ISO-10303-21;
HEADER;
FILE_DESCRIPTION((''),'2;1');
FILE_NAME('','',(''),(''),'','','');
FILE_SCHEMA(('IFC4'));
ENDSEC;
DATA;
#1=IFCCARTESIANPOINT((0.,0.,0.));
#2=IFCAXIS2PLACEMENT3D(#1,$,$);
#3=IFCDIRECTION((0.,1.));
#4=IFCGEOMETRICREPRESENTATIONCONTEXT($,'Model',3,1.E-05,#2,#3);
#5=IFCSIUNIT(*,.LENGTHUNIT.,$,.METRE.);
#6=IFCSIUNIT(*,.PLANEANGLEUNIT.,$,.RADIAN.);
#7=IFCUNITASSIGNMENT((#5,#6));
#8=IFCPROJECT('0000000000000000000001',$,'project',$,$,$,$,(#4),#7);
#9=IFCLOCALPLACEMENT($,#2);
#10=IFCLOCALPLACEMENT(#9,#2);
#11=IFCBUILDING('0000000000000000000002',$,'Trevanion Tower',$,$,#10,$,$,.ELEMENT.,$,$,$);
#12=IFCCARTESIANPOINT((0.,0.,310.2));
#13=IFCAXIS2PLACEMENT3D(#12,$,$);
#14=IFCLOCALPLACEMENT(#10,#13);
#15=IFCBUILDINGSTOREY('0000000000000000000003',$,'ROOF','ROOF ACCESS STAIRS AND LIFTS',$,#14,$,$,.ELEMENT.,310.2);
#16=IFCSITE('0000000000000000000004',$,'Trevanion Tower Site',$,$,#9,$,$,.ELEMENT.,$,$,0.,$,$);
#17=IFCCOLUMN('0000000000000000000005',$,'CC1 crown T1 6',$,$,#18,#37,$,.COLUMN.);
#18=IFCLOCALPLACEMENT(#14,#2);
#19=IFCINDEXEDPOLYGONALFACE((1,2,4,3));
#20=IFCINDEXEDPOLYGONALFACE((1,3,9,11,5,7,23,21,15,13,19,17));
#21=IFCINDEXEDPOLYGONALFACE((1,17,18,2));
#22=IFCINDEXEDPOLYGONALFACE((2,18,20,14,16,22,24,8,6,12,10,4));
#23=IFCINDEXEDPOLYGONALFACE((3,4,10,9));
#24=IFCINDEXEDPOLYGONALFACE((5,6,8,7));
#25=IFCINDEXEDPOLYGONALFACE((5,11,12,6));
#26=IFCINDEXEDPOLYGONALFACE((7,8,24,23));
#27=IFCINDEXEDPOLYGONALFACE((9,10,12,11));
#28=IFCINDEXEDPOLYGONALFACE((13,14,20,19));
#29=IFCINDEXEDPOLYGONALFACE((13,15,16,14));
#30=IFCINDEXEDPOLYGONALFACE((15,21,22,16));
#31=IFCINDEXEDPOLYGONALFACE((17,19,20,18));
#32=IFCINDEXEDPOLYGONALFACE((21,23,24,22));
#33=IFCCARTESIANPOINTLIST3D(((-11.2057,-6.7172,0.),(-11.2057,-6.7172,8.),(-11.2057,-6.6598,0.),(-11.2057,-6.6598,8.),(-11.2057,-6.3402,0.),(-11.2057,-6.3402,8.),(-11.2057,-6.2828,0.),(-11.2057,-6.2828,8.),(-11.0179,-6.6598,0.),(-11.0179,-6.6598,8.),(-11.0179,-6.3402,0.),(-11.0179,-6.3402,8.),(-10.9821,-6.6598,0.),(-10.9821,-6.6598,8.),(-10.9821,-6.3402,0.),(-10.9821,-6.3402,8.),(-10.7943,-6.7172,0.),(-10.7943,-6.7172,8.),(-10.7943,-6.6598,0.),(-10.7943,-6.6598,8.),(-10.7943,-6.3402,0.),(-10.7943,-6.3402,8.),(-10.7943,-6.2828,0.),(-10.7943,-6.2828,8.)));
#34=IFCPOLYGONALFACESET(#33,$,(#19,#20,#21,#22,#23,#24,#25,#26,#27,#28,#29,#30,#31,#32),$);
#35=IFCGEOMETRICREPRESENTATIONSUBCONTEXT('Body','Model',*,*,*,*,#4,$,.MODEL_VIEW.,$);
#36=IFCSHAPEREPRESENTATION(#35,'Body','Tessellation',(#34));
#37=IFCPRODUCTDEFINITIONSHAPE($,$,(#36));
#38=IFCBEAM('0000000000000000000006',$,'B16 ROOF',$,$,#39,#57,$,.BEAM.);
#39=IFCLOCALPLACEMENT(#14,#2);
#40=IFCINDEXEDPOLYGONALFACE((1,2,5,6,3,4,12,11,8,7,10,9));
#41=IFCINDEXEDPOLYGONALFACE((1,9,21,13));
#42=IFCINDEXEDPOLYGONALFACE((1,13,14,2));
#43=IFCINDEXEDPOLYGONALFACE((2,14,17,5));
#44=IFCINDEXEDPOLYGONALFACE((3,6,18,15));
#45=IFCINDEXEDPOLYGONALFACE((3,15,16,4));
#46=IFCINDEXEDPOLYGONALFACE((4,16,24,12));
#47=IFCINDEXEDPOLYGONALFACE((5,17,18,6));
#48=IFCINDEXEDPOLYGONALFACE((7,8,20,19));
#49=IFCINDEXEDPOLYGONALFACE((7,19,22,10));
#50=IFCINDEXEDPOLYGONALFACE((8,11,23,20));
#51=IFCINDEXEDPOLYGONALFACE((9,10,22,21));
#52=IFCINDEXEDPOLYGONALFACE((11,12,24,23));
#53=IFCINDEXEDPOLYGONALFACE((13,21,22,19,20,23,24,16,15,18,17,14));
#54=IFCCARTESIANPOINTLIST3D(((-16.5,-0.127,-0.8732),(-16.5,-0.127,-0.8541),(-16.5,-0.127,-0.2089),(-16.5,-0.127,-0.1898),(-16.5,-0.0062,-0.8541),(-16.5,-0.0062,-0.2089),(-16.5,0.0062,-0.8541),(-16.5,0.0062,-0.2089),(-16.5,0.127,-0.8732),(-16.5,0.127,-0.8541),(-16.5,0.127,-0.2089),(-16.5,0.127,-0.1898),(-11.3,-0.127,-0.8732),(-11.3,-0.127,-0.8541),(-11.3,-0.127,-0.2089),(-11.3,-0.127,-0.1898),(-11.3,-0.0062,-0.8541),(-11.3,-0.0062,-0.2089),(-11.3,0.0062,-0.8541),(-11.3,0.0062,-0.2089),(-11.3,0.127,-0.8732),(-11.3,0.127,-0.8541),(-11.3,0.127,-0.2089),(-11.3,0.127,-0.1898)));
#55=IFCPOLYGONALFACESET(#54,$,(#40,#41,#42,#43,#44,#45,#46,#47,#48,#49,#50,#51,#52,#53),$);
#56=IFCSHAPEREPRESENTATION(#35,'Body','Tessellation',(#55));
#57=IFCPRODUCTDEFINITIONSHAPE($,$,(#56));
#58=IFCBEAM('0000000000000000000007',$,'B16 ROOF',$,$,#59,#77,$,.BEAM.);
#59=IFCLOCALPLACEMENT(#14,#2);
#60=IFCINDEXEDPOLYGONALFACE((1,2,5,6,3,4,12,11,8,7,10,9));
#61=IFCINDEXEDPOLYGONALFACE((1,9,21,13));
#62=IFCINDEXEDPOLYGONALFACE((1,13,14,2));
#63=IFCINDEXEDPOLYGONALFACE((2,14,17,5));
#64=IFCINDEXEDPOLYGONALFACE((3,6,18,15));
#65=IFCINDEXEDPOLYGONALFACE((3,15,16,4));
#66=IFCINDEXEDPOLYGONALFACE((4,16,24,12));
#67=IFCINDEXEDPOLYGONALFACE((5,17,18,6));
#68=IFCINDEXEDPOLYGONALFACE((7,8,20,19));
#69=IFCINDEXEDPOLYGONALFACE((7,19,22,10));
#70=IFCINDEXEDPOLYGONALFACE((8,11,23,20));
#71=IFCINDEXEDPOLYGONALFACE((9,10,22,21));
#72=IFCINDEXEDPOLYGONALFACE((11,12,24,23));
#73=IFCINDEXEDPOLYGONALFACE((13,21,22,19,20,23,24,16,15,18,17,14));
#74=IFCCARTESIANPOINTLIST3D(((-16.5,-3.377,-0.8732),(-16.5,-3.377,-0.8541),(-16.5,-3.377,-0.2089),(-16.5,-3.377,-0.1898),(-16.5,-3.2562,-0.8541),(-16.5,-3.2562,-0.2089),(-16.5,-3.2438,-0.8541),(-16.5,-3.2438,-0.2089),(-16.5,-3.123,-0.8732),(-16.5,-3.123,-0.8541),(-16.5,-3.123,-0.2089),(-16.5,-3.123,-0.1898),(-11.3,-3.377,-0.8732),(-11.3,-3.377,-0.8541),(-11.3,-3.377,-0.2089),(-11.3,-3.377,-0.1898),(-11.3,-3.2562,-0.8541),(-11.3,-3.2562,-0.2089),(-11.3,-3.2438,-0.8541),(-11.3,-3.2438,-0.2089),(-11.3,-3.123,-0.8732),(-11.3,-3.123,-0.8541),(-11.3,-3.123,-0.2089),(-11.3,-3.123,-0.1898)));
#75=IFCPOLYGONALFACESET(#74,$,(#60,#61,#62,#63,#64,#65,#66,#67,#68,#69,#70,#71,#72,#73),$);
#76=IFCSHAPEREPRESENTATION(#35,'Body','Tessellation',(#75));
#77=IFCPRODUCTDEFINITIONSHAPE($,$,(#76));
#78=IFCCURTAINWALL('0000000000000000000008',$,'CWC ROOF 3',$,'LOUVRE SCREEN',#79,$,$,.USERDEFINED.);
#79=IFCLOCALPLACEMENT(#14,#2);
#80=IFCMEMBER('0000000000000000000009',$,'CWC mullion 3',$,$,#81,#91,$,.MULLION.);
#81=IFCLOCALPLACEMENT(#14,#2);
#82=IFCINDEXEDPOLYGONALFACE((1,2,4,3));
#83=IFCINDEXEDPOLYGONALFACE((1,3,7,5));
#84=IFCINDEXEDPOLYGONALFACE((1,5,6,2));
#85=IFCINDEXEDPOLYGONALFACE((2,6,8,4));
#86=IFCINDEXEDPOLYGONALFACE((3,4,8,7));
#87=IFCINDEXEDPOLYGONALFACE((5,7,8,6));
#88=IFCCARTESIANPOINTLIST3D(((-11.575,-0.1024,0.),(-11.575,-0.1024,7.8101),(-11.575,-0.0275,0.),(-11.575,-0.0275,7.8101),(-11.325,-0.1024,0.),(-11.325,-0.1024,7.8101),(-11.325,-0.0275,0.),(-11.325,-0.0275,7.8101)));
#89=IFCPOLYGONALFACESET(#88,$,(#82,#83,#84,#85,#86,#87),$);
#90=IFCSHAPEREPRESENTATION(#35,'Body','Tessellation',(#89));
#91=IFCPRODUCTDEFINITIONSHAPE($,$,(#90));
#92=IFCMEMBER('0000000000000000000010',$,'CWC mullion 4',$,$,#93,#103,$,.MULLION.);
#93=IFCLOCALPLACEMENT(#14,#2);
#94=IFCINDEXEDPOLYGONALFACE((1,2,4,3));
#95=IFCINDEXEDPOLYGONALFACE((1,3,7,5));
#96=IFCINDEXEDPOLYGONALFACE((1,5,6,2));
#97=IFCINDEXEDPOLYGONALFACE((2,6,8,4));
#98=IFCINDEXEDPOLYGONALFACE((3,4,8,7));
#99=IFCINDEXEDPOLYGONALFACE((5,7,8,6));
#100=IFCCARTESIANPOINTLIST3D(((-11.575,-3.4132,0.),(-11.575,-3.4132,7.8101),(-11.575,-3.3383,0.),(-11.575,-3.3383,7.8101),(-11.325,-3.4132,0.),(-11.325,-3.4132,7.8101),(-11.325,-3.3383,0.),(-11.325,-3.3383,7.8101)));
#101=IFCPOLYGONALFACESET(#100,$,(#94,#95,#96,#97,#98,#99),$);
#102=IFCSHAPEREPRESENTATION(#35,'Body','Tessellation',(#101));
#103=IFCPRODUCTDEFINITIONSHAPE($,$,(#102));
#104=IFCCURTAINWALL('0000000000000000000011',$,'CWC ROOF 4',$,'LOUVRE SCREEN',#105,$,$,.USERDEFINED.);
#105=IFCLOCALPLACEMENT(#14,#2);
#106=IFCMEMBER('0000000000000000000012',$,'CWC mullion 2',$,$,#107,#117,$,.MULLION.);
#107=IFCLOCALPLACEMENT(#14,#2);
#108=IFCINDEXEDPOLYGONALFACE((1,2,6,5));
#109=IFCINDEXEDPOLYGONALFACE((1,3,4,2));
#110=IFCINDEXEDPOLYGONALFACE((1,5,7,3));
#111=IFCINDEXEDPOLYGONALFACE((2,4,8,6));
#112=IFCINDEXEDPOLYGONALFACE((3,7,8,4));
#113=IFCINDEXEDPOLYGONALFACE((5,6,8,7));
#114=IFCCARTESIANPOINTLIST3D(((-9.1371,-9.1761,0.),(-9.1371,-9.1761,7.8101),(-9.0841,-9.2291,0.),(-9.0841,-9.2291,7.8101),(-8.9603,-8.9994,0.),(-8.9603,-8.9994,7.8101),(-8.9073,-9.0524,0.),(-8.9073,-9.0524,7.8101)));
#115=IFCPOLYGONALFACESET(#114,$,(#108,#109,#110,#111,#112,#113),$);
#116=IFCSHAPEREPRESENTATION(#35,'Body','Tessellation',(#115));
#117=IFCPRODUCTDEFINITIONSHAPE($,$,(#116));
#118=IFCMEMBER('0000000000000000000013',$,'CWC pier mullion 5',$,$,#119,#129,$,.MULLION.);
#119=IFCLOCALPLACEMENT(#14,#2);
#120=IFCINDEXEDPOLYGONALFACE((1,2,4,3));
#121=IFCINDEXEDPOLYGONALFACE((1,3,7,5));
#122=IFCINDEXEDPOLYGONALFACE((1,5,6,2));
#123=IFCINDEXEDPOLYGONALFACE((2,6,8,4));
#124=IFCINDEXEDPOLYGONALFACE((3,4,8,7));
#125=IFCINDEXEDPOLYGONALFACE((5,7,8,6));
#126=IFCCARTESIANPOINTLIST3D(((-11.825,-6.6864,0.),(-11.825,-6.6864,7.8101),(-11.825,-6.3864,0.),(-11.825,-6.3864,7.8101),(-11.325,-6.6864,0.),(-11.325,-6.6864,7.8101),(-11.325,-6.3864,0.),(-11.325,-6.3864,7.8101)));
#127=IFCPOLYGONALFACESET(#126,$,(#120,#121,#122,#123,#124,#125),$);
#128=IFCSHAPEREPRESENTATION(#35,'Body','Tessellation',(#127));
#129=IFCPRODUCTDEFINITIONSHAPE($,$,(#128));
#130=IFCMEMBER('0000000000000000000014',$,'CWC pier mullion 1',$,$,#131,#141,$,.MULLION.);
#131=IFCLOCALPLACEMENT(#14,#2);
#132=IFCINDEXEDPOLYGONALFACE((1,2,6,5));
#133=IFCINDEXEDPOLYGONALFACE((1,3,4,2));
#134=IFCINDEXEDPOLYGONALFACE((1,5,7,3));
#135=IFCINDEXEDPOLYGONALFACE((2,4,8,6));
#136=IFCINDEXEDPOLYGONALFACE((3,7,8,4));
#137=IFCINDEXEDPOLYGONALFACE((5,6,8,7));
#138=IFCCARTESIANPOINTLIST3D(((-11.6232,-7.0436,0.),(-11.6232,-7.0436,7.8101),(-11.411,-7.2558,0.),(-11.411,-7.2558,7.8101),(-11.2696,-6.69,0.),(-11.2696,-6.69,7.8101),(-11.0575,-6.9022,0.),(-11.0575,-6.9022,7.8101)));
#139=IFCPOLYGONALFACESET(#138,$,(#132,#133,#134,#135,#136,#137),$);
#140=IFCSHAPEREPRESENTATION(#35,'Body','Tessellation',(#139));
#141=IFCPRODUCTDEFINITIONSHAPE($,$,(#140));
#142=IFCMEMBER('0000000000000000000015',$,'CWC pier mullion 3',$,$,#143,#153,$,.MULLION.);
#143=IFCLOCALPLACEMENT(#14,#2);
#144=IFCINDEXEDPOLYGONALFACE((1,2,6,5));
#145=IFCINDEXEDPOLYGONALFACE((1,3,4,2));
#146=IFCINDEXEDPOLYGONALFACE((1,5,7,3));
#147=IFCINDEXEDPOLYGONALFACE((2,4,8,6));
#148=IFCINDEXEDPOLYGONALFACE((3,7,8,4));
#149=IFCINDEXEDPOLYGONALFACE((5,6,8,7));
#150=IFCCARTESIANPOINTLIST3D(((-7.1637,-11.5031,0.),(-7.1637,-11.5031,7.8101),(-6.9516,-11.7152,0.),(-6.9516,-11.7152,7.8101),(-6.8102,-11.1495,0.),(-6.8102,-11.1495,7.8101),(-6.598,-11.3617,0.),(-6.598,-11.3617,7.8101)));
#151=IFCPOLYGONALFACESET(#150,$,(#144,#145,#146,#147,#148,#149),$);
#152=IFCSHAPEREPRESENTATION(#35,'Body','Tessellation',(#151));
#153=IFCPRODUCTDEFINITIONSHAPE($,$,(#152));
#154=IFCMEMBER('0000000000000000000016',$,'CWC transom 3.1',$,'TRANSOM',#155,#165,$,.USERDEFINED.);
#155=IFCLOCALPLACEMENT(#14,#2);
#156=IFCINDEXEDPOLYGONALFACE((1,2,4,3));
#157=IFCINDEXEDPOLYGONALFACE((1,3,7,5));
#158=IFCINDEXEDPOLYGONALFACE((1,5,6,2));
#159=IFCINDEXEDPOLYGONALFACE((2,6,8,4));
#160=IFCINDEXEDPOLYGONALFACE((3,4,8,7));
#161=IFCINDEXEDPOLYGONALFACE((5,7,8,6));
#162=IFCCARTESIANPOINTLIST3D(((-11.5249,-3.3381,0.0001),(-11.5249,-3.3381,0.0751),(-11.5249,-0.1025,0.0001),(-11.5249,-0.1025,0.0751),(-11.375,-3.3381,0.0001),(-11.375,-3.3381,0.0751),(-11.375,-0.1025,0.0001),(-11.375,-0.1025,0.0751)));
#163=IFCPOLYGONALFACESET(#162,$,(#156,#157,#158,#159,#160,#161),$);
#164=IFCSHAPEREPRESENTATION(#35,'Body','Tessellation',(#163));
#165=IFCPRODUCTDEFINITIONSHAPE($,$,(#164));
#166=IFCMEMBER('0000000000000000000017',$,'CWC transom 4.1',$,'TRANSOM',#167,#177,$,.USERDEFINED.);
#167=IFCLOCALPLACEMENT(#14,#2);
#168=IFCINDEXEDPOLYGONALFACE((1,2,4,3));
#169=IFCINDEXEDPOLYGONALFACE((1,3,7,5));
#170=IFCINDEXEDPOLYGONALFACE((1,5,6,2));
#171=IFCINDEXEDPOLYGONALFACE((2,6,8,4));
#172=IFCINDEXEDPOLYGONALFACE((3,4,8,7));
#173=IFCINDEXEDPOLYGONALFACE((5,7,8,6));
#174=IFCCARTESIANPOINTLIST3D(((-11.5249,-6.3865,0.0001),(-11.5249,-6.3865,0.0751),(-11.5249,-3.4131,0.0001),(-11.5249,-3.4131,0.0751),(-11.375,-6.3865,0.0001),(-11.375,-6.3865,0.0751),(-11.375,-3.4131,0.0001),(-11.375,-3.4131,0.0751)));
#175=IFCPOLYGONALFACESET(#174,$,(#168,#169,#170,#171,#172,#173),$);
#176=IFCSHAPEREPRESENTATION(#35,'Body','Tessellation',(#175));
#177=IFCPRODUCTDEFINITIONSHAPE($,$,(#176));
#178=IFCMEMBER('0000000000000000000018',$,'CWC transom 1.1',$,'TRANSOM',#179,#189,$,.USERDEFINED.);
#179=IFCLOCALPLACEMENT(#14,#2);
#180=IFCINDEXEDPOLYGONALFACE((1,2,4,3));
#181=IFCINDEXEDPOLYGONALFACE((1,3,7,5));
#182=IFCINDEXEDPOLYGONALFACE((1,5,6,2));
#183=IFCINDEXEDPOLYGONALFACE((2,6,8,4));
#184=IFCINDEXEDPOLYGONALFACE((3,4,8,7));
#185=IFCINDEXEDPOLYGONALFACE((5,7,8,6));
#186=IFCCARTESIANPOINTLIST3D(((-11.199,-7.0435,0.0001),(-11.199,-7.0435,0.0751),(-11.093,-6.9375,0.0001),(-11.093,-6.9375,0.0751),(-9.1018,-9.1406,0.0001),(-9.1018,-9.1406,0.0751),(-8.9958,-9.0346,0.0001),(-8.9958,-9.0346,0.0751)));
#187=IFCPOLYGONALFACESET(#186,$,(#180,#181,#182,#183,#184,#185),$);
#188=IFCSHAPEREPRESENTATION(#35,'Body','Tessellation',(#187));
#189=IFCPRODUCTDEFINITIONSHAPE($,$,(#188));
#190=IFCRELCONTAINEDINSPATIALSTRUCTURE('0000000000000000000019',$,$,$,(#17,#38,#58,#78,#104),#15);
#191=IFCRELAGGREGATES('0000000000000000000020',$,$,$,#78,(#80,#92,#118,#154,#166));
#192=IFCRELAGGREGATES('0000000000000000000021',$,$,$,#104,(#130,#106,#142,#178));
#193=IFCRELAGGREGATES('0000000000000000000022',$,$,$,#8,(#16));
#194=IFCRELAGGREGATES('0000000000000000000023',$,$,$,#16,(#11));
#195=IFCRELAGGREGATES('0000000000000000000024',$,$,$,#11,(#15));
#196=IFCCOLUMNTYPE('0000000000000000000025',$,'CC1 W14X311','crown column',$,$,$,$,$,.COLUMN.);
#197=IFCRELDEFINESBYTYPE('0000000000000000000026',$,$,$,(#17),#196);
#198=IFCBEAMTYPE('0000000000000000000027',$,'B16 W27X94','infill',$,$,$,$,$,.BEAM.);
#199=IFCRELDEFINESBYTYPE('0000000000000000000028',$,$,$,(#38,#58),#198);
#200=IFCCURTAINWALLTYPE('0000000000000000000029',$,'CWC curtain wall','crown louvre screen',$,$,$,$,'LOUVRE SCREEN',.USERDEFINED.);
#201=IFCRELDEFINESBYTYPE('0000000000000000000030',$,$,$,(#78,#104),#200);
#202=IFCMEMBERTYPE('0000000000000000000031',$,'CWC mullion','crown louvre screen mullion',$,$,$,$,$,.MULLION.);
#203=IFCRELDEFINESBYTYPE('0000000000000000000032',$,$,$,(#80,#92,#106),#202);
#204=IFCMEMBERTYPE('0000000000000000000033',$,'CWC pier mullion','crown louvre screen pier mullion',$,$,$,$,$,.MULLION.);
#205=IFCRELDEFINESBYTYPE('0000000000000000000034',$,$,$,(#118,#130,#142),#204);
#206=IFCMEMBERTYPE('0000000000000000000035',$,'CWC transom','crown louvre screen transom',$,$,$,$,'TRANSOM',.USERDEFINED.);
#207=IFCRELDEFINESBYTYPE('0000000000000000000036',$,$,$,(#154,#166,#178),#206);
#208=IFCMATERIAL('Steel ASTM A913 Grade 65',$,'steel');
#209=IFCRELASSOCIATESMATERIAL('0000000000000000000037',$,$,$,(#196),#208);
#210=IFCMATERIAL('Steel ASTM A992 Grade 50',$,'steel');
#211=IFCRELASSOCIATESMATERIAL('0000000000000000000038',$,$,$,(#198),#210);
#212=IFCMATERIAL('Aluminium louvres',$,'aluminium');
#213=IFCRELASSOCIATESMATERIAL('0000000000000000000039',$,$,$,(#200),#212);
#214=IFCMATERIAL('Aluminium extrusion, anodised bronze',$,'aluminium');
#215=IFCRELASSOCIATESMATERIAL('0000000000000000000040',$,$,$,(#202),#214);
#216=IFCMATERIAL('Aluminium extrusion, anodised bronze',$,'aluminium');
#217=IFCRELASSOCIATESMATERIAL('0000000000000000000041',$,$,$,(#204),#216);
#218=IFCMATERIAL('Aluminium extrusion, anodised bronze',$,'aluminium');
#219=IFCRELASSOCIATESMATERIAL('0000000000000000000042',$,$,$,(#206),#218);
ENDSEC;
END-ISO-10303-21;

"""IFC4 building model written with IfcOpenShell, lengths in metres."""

from ifc_helpers import new_model, si_unit, direction, frame, origin, origin_2d, place, context, subcontext, project, spatial, rectangle, i_section, extrude, material, material_profile, profile_set, type_object, element, aggregate, save


model = new_model("IFC4")

# Units and contexts
model_context = context("Model", 3, precision=1e-05, world=origin(), true_north=direction((0.0, 1.0)))
body_context = subcontext(model_context, "Body", "Model", "MODEL_VIEW")
ifc_project = project(units=[si_unit("LENGTHUNIT", "METRE"), si_unit("PLANEANGLEUNIT", "RADIAN")], contexts=[model_context])

# Site, building, storey
site_placement = place(None, origin())
site = spatial("IfcSite", under=ifc_project, at=site_placement, Name="Trevanion Tower Site", CompositionType="ELEMENT", RefElevation=0.0)
building_placement = place(site_placement, origin())
building = spatial("IfcBuilding", under=site, at=building_placement, Name="Trevanion Tower", CompositionType="ELEMENT")
storey_placement = place(building_placement, frame((0.0, 0.0, 310.2)))
storey = spatial("IfcBuildingStorey", under=building, at=storey_placement, Name="ROOF", Description="ROOF ACCESS STAIRS AND LIFTS", CompositionType="ELEMENT", Elevation=310.2)

# Column
ifc_material_1 = material(Name="Steel ASTM A913 Grade 65", Category="steel")
ifc_material_profile_1 = material_profile(ifc_material_1, i_section(OverallWidth=0.4114, OverallDepth=0.4343, WebThickness=0.0359, FlangeThickness=0.0574, at=origin_2d()), Name="W14X311")
ifc_profile_set_1 = profile_set([ifc_material_profile_1], Name="Steel ASTM A913 Grade 65")
column_type = type_object("IfcColumnType", Name="CC1 W14X311", Description="crown column", PredefinedType="COLUMN", material=ifc_profile_set_1)
column_placement = place(storey_placement, frame((-11.0, -6.5, 0.0), z_axis=(0.0, 0.0, 1.0), x_axis=(1.0, 0.0, 0.0)))
element("IfcColumn", 1, at=column_placement, inside=storey, type_object=column_type, Name="CC1 crown T1 6", PredefinedType="COLUMN", context=body_context, shape_type="SweptSolid", body=[
    extrude(i_section(OverallWidth=0.4114, OverallDepth=0.4343, WebThickness=0.0359, FlangeThickness=0.0574, at=origin_2d()), origin(), (0.0, 0.0, 1.0), 8.0),
])

# Beams
ifc_material_2 = material(Name="Steel ASTM A992 Grade 50", Category="steel")
ifc_material_profile_2 = material_profile(ifc_material_2, i_section(OverallWidth=0.2539, OverallDepth=0.6833, WebThickness=0.0125, FlangeThickness=0.019, at=origin_2d()), Name="W27X94")
ifc_profile_set_2 = profile_set([ifc_material_profile_2], Name="Steel ASTM A992 Grade 50")
beam_type_1 = type_object("IfcBeamType", Name="B16 W27X94", Description="infill", PredefinedType="BEAM", material=ifc_profile_set_2)
for number, where, z_axis, x_axis, name in (
    (2, (-11.3, 0.0, -0.5315), (-1.0, 0.0, 0.0), (0.0, -1.0, 0.0), "B16 ROOF"),
    (3, (-11.3, -3.25, -0.5315), (-1.0, 0.0, 0.0), (0.0, -1.0, 0.0), "B16 ROOF"),
):
    element("IfcBeam", number, at=place(storey_placement, frame(where, z_axis=z_axis, x_axis=x_axis)), inside=storey, type_object=beam_type_1, Name=name, PredefinedType="BEAM", context=body_context, shape_type="SweptSolid", body=[
        extrude(i_section(OverallWidth=0.2539, OverallDepth=0.6833, WebThickness=0.0125, FlangeThickness=0.019, at=origin_2d()), origin(), (0.0, 0.0, 1.0), 5.2),
    ])

# Curtain wall, members
ifc_material_3 = material(Name="Aluminium louvres", Category="aluminium")
curtain_wall_type = type_object("IfcCurtainWallType", Name="CWC curtain wall", Description="crown louvre screen", ElementType="LOUVRE SCREEN", PredefinedType="USERDEFINED", material=ifc_material_3)
curtain_wall_1_placement = place(storey_placement, origin())
curtain_wall_1 = element("IfcCurtainWall", 4, at=curtain_wall_1_placement, inside=storey, type_object=curtain_wall_type, Name="CWC ROOF 3", ObjectType="LOUVRE SCREEN", PredefinedType="USERDEFINED")
ifc_material_4 = material(Name="Aluminium extrusion, anodised bronze", Category="aluminium")
ifc_material_profile_3 = material_profile(ifc_material_4, rectangle(XDim=0.075, YDim=0.25, at=origin_2d()), Name="CWC mullion")
ifc_profile_set_3 = profile_set([ifc_material_profile_3], Name="Aluminium extrusion, anodised bronze")
member_type_1 = type_object("IfcMemberType", Name="CWC mullion", Description="crown louvre screen mullion", PredefinedType="MULLION", material=ifc_profile_set_3)
member_1_placement = place(storey_placement, frame((-11.45, -0.0649, 0.0), z_axis=(0.0, 0.0, 1.0), x_axis=(0.0, -1.0, 0.0)))
member_1 = element("IfcMember", 5, at=member_1_placement, type_object=member_type_1, Name="CWC mullion 3", PredefinedType="MULLION", context=body_context, shape_type="SweptSolid", body=[
    extrude(rectangle(XDim=0.075, YDim=0.25, at=origin_2d()), origin(), (0.0, 0.0, 1.0), 7.8101),
])
member_2_placement = place(storey_placement, frame((-11.45, -3.3757, 0.0), z_axis=(0.0, 0.0, 1.0), x_axis=(0.0, -1.0, 0.0)))
member_2 = element("IfcMember", 6, at=member_2_placement, type_object=member_type_1, Name="CWC mullion 4", PredefinedType="MULLION", context=body_context, shape_type="SweptSolid", body=[
    extrude(rectangle(XDim=0.075, YDim=0.25, at=origin_2d()), origin(), (0.0, 0.0, 1.0), 7.8101),
])

# Curtain wall, member
curtain_wall_2_placement = place(storey_placement, origin())
curtain_wall_2 = element("IfcCurtainWall", 7, at=curtain_wall_2_placement, inside=storey, type_object=curtain_wall_type, Name="CWC ROOF 4", ObjectType="LOUVRE SCREEN", PredefinedType="USERDEFINED")
member_3_placement = place(storey_placement, frame((-9.0222, -9.1143, 0.0), z_axis=(0.0, 0.0, 1.0), x_axis=(0.707107, -0.707107, 0.0)))
member_3 = element("IfcMember", 8, at=member_3_placement, type_object=member_type_1, Name="CWC mullion 2", PredefinedType="MULLION", context=body_context, shape_type="SweptSolid", body=[
    extrude(rectangle(XDim=0.075, YDim=0.25, at=origin_2d()), origin(), (0.0, 0.0, 1.0), 7.8101),
])

# Members
ifc_material_5 = material(Name="Aluminium extrusion, anodised bronze", Category="aluminium")
ifc_material_profile_4 = material_profile(ifc_material_5, rectangle(XDim=0.3, YDim=0.5, at=origin_2d()), Name="CWC pier mullion")
ifc_profile_set_4 = profile_set([ifc_material_profile_4], Name="Aluminium extrusion, anodised bronze")
member_type_2 = type_object("IfcMemberType", Name="CWC pier mullion", Description="crown louvre screen pier mullion", PredefinedType="MULLION", material=ifc_profile_set_4)
member_4_placement = place(storey_placement, frame((-11.575, -6.5364, 0.0), z_axis=(0.0, 0.0, 1.0), x_axis=(0.0, -1.0, 0.0)))
member_4 = element("IfcMember", 9, at=member_4_placement, type_object=member_type_2, Name="CWC pier mullion 5", PredefinedType="MULLION", context=body_context, shape_type="SweptSolid", body=[
    extrude(rectangle(XDim=0.3, YDim=0.5, at=origin_2d()), origin(), (0.0, 0.0, 1.0), 7.8101),
])
member_5_placement = place(storey_placement, frame((-11.3403, -6.9729, 0.0), z_axis=(0.0, 0.0, 1.0), x_axis=(0.707107, -0.707107, 0.0)))
member_5 = element("IfcMember", 10, at=member_5_placement, type_object=member_type_2, Name="CWC pier mullion 1", PredefinedType="MULLION", context=body_context, shape_type="SweptSolid", body=[
    extrude(rectangle(XDim=0.3, YDim=0.5, at=origin_2d()), origin(), (0.0, 0.0, 1.0), 7.8101),
])
member_6_placement = place(storey_placement, frame((-6.8809, -11.4324, 0.0), z_axis=(0.0, 0.0, 1.0), x_axis=(0.707107, -0.707107, 0.0)))
member_6 = element("IfcMember", 11, at=member_6_placement, type_object=member_type_2, Name="CWC pier mullion 3", PredefinedType="MULLION", context=body_context, shape_type="SweptSolid", body=[
    extrude(rectangle(XDim=0.3, YDim=0.5, at=origin_2d()), origin(), (0.0, 0.0, 1.0), 7.8101),
])
ifc_material_6 = material(Name="Aluminium extrusion, anodised bronze", Category="aluminium")
ifc_material_profile_5 = material_profile(ifc_material_6, rectangle(XDim=0.1499, YDim=0.075, at=origin_2d()), Name="CWC transom")
ifc_profile_set_5 = profile_set([ifc_material_profile_5], Name="Aluminium extrusion, anodised bronze")
member_type_3 = type_object("IfcMemberType", Name="CWC transom", Description="crown louvre screen transom", ElementType="TRANSOM", PredefinedType="USERDEFINED", material=ifc_profile_set_5)
member_7_placement = place(storey_placement, frame((-11.45, -0.1025, 0.0376), z_axis=(0.0, -1.0, 0.0), x_axis=(1.0, 0.0, 0.0)))
member_7 = element("IfcMember", 12, at=member_7_placement, type_object=member_type_3, Name="CWC transom 3.1", ObjectType="TRANSOM", PredefinedType="USERDEFINED", context=body_context, shape_type="SweptSolid", body=[
    extrude(rectangle(XDim=0.1499, YDim=0.075, at=origin_2d()), origin(), (0.0, 0.0, 1.0), 3.2356),
])
member_8_placement = place(storey_placement, frame((-11.45, -3.4131, 0.0376), z_axis=(0.0, -1.0, 0.0), x_axis=(1.0, 0.0, 0.0)))
member_8 = element("IfcMember", 13, at=member_8_placement, type_object=member_type_3, Name="CWC transom 4.1", ObjectType="TRANSOM", PredefinedType="USERDEFINED", context=body_context, shape_type="SweptSolid", body=[
    extrude(rectangle(XDim=0.1499, YDim=0.075, at=origin_2d()), origin(), (0.0, 0.0, 1.0), 2.9734),
])
aggregate(curtain_wall_1, [member_1, member_2, member_4, member_7, member_8])
member_9_placement = place(storey_placement, frame((-11.146, -6.9905, 0.0376), z_axis=(0.707107, -0.707107, 0.0), x_axis=(0.707107, 0.707107, 0.0)))
member_9 = element("IfcMember", 14, at=member_9_placement, type_object=member_type_3, Name="CWC transom 1.1", ObjectType="TRANSOM", PredefinedType="USERDEFINED", context=body_context, shape_type="SweptSolid", body=[
    extrude(rectangle(XDim=0.1499, YDim=0.075, at=origin_2d()), origin(), (0.0, 0.0, 1.0), 2.9658),
])
aggregate(curtain_wall_2, [member_5, member_3, member_6, member_9])

save(model, "model.ifc")
